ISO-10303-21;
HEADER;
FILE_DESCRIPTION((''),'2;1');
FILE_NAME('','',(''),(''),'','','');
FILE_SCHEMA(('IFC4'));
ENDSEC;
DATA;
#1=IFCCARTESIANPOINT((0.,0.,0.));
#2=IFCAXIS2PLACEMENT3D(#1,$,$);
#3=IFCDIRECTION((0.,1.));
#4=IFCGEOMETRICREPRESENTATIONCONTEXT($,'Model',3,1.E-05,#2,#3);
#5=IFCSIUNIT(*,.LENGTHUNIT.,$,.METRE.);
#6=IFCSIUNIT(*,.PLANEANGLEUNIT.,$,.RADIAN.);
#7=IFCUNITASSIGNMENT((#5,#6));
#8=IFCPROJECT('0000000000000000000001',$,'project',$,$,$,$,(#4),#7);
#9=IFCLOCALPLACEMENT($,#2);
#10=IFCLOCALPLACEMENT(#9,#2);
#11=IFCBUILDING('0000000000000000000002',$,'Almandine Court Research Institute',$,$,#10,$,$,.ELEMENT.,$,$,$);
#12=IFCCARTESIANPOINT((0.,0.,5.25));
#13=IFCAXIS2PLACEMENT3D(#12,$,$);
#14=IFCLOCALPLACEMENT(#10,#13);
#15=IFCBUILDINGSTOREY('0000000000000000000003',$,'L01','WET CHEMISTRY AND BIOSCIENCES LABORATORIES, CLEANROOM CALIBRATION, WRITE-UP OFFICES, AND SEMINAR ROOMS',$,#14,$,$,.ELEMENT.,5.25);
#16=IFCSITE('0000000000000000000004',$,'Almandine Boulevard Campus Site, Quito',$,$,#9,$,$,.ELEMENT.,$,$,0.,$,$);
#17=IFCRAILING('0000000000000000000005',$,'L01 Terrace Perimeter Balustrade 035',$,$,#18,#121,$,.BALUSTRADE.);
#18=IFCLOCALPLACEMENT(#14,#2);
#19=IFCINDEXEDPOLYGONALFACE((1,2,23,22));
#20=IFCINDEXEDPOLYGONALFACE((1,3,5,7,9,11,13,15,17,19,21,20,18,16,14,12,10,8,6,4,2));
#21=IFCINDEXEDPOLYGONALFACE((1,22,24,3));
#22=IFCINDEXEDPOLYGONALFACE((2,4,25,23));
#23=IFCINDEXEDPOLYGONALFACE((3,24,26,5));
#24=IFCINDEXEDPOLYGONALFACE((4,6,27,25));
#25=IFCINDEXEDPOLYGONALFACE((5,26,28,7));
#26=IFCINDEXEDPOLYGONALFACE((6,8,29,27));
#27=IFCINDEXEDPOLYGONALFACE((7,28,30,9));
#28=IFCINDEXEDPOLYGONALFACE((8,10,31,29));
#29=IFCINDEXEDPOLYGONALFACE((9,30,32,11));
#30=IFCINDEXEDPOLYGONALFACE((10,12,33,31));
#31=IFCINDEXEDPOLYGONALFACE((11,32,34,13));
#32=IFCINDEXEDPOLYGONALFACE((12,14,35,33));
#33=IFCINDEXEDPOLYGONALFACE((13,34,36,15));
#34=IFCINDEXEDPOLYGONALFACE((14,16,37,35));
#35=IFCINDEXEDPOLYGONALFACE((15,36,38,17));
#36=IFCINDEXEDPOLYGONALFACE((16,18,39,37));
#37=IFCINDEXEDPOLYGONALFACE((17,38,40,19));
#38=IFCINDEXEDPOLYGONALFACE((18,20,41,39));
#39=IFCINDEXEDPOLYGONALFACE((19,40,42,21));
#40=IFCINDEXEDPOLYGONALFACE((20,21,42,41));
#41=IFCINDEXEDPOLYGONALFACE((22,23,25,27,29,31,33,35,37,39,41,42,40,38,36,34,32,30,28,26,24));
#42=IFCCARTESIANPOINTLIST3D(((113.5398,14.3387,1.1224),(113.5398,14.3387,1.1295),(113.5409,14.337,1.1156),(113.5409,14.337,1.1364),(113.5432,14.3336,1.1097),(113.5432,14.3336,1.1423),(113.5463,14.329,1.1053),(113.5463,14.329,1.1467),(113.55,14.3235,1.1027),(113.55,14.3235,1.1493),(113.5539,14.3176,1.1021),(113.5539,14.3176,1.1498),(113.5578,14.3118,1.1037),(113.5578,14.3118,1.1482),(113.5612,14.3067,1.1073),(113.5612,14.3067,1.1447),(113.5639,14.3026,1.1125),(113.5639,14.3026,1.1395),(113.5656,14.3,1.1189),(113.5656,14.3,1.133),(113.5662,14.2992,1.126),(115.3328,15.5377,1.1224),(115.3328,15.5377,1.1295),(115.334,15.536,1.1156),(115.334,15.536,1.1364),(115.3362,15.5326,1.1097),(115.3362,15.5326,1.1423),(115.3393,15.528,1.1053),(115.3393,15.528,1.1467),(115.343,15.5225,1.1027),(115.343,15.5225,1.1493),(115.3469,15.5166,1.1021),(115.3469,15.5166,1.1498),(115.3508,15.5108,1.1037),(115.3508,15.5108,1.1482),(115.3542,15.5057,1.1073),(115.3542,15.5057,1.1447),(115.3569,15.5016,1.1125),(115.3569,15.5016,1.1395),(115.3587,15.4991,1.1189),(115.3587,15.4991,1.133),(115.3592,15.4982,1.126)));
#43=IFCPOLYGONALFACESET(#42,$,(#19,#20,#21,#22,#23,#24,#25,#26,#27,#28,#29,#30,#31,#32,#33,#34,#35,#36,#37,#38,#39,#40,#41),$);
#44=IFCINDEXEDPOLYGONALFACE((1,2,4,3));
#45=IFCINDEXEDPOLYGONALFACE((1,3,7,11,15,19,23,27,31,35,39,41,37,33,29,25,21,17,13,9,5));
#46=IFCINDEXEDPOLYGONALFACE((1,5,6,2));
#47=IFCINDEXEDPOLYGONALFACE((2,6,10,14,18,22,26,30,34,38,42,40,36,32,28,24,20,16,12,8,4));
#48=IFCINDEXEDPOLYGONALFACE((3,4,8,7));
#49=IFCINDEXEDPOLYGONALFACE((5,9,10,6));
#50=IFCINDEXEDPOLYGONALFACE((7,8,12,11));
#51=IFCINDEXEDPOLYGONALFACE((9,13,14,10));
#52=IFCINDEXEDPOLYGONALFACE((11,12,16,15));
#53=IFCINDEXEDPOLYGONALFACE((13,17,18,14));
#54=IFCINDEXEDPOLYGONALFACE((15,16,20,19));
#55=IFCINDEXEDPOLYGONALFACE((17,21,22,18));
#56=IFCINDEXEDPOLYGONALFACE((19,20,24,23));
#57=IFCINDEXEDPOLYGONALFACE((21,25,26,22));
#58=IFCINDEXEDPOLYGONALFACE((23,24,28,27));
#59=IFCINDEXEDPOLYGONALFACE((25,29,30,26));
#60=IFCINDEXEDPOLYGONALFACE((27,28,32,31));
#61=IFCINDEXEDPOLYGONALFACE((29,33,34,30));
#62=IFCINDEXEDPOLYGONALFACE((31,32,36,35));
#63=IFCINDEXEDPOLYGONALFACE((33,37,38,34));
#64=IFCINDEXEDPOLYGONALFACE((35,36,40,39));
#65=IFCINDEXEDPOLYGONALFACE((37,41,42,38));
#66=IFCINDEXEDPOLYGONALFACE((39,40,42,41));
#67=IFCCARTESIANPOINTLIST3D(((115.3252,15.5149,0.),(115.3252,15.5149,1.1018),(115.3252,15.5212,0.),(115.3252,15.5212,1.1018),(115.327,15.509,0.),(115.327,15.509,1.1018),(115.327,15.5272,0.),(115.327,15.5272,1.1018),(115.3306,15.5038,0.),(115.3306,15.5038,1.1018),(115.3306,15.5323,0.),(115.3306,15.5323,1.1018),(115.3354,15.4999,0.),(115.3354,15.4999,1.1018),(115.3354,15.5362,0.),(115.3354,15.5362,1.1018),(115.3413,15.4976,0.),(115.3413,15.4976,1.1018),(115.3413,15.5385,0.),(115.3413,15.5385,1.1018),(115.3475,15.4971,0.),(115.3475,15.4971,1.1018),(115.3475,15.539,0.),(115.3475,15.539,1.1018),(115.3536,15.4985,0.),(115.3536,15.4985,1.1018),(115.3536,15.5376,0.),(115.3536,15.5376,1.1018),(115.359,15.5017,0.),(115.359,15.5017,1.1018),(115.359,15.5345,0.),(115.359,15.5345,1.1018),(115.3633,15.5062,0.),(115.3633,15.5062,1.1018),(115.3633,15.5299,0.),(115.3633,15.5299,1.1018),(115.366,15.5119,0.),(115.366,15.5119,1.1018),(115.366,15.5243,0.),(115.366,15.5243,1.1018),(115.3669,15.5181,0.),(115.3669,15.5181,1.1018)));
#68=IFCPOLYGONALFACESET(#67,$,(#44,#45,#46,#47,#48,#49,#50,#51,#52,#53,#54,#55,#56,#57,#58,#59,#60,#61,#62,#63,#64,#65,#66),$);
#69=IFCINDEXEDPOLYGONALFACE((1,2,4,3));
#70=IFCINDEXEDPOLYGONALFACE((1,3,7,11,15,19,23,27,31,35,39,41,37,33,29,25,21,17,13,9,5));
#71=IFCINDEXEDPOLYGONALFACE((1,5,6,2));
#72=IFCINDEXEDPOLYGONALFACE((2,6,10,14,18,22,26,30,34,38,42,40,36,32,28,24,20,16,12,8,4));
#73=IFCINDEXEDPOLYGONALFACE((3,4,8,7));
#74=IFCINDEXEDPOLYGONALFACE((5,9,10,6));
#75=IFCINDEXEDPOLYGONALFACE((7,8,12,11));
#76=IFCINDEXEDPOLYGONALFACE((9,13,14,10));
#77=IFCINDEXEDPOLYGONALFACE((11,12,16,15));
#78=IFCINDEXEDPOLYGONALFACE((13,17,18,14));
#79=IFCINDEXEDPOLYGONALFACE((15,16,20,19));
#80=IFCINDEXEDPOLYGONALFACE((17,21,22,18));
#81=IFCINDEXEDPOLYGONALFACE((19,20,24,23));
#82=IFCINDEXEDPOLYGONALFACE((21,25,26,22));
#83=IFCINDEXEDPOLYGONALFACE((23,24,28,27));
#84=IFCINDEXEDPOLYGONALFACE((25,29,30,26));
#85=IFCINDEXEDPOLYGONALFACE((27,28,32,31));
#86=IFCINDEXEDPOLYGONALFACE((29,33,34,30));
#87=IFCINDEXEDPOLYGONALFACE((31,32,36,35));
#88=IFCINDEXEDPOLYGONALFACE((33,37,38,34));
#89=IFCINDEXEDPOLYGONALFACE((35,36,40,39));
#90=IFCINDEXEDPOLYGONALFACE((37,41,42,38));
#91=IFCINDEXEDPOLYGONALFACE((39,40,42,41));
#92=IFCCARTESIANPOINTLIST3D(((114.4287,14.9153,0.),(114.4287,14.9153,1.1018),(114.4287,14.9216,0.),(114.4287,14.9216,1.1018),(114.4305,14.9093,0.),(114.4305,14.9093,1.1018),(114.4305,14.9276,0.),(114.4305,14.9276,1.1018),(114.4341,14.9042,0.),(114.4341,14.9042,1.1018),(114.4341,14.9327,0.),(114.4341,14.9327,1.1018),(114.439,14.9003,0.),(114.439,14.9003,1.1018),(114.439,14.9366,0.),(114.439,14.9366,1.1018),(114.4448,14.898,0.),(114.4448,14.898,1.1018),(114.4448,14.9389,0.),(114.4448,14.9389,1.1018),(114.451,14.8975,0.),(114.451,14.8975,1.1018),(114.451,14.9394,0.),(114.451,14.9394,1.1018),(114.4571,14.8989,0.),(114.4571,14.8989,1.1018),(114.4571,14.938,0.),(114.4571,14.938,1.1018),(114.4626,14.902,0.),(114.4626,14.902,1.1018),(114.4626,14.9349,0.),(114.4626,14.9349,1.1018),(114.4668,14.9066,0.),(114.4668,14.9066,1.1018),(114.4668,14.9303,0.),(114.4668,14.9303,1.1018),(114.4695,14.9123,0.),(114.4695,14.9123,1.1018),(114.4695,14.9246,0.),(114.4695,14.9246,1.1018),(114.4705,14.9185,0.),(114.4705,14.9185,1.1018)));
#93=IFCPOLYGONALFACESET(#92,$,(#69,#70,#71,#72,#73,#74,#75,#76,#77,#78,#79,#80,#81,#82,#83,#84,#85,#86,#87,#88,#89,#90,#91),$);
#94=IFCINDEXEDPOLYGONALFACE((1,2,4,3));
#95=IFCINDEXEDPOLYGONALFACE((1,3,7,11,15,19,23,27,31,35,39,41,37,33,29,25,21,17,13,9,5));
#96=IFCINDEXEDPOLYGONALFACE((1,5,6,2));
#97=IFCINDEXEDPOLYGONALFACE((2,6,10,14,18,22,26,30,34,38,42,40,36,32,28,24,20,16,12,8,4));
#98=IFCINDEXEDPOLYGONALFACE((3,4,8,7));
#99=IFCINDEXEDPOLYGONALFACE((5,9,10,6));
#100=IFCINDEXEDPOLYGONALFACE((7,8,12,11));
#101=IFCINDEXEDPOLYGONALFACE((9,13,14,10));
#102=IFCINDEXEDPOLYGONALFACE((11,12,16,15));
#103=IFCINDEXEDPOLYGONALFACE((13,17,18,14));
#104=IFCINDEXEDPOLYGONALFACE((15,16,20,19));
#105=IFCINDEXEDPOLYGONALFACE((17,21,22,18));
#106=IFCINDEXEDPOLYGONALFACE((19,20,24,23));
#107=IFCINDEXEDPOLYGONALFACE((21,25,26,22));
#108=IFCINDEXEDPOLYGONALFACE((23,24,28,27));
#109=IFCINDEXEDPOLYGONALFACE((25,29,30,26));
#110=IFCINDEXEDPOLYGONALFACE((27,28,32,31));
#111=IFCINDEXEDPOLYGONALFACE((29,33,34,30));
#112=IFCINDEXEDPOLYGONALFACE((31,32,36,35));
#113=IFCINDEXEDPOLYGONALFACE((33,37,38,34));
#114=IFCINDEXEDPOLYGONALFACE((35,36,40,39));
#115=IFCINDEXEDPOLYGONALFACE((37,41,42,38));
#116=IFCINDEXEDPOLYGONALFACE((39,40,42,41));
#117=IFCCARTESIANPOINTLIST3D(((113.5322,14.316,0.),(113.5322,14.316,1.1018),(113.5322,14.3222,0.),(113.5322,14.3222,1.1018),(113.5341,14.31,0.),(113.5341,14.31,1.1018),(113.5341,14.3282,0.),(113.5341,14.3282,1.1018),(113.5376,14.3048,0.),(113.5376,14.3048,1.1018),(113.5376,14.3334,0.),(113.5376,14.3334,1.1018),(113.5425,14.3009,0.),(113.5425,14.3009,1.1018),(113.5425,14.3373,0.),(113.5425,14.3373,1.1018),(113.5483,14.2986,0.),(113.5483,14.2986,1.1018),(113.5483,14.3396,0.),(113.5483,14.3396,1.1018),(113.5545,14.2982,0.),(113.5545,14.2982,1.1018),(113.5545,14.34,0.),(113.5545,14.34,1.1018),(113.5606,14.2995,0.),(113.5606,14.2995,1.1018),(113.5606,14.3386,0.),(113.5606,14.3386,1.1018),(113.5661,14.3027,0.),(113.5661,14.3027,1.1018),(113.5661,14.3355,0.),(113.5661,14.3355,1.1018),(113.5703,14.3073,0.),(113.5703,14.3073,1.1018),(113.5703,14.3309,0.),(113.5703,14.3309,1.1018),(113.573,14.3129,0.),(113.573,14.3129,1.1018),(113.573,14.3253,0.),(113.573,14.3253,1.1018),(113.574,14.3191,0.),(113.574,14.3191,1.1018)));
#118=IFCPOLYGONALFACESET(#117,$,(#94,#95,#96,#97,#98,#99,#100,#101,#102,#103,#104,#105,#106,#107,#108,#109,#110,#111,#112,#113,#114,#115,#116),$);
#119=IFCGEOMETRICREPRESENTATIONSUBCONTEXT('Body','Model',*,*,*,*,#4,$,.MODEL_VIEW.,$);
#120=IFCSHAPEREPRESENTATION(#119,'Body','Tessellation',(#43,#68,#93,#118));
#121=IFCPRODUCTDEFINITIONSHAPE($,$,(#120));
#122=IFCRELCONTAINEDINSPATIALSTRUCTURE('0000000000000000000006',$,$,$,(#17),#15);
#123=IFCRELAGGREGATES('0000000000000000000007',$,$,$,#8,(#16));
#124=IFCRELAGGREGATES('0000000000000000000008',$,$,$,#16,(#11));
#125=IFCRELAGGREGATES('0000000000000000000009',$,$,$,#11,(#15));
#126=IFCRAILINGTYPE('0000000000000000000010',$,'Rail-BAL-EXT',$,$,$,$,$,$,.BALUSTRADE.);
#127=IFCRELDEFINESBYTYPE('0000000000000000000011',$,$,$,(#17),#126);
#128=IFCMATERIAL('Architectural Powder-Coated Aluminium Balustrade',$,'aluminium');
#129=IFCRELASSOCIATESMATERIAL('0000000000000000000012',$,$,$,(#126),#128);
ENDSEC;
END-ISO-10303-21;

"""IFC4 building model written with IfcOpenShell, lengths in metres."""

from ifc_helpers import new_model, si_unit, direction, frame, origin, origin_2d, place, context, subcontext, project, spatial, circle, extrude, material, type_object, element, save


model = new_model("IFC4")

# Units and contexts
model_context = context("Model", 3, precision=1e-05, world=origin(), true_north=direction((0.0, 1.0)))
body_context = subcontext(model_context, "Body", "Model", "MODEL_VIEW")
ifc_project = project(units=[si_unit("LENGTHUNIT", "METRE"), si_unit("PLANEANGLEUNIT", "RADIAN")], contexts=[model_context])

# Site, building, storey
site_placement = place(None, origin())
site = spatial("IfcSite", under=ifc_project, at=site_placement, Name="Almandine Boulevard Campus Site, Quito", CompositionType="ELEMENT", RefElevation=0.0)
building_placement = place(site_placement, origin())
building = spatial("IfcBuilding", under=site, at=building_placement, Name="Almandine Court Research Institute", CompositionType="ELEMENT")
storey_placement = place(building_placement, frame((0.0, 0.0, 5.25)))
storey = spatial("IfcBuildingStorey", under=building, at=storey_placement, Name="L01", Description="WET CHEMISTRY AND BIOSCIENCES LABORATORIES, CLEANROOM CALIBRATION, WRITE-UP OFFICES, AND SEMINAR ROOMS", CompositionType="ELEMENT", Elevation=5.25)

# Railing
ifc_material_1 = material(Name="Architectural Powder-Coated Aluminium Balustrade", Category="aluminium")
railing_type = type_object("IfcRailingType", Name="Rail-BAL-EXT", PredefinedType="BALUSTRADE", material=ifc_material_1)
railing_1_placement = place(storey_placement, frame((115.3459, 15.5181, 0.0)))
element("IfcRailing", 1, at=railing_1_placement, inside=storey, type_object=railing_type, Name="L01 Terrace Perimeter Balustrade 035", PredefinedType="BALUSTRADE", context=body_context, shape_type="SweptSolid", body=[
    extrude(circle(Radius=0.0239, at=origin_2d()), frame((0.0, 0.0, 1.126), z_axis=(-0.831266, -0.555875, 0.0), x_axis=(0.555875, -0.831266, 0.0)), (0.0, 0.0, 1.0), 2.157),
    extrude(circle(Radius=0.021, at=origin_2d()), origin(), (0.0, 0.0, 1.0), 1.1018),
    extrude(circle(Radius=0.021, at=origin_2d()), frame((-0.8965, -0.5996, 0.0)), (0.0, 0.0, 1.0), 1.1018),
    extrude(circle(Radius=0.021, at=origin_2d()), frame((-1.793, -1.199, 0.0)), (0.0, 0.0, 1.0), 1.1018),
])

save(model, "model.ifc")
